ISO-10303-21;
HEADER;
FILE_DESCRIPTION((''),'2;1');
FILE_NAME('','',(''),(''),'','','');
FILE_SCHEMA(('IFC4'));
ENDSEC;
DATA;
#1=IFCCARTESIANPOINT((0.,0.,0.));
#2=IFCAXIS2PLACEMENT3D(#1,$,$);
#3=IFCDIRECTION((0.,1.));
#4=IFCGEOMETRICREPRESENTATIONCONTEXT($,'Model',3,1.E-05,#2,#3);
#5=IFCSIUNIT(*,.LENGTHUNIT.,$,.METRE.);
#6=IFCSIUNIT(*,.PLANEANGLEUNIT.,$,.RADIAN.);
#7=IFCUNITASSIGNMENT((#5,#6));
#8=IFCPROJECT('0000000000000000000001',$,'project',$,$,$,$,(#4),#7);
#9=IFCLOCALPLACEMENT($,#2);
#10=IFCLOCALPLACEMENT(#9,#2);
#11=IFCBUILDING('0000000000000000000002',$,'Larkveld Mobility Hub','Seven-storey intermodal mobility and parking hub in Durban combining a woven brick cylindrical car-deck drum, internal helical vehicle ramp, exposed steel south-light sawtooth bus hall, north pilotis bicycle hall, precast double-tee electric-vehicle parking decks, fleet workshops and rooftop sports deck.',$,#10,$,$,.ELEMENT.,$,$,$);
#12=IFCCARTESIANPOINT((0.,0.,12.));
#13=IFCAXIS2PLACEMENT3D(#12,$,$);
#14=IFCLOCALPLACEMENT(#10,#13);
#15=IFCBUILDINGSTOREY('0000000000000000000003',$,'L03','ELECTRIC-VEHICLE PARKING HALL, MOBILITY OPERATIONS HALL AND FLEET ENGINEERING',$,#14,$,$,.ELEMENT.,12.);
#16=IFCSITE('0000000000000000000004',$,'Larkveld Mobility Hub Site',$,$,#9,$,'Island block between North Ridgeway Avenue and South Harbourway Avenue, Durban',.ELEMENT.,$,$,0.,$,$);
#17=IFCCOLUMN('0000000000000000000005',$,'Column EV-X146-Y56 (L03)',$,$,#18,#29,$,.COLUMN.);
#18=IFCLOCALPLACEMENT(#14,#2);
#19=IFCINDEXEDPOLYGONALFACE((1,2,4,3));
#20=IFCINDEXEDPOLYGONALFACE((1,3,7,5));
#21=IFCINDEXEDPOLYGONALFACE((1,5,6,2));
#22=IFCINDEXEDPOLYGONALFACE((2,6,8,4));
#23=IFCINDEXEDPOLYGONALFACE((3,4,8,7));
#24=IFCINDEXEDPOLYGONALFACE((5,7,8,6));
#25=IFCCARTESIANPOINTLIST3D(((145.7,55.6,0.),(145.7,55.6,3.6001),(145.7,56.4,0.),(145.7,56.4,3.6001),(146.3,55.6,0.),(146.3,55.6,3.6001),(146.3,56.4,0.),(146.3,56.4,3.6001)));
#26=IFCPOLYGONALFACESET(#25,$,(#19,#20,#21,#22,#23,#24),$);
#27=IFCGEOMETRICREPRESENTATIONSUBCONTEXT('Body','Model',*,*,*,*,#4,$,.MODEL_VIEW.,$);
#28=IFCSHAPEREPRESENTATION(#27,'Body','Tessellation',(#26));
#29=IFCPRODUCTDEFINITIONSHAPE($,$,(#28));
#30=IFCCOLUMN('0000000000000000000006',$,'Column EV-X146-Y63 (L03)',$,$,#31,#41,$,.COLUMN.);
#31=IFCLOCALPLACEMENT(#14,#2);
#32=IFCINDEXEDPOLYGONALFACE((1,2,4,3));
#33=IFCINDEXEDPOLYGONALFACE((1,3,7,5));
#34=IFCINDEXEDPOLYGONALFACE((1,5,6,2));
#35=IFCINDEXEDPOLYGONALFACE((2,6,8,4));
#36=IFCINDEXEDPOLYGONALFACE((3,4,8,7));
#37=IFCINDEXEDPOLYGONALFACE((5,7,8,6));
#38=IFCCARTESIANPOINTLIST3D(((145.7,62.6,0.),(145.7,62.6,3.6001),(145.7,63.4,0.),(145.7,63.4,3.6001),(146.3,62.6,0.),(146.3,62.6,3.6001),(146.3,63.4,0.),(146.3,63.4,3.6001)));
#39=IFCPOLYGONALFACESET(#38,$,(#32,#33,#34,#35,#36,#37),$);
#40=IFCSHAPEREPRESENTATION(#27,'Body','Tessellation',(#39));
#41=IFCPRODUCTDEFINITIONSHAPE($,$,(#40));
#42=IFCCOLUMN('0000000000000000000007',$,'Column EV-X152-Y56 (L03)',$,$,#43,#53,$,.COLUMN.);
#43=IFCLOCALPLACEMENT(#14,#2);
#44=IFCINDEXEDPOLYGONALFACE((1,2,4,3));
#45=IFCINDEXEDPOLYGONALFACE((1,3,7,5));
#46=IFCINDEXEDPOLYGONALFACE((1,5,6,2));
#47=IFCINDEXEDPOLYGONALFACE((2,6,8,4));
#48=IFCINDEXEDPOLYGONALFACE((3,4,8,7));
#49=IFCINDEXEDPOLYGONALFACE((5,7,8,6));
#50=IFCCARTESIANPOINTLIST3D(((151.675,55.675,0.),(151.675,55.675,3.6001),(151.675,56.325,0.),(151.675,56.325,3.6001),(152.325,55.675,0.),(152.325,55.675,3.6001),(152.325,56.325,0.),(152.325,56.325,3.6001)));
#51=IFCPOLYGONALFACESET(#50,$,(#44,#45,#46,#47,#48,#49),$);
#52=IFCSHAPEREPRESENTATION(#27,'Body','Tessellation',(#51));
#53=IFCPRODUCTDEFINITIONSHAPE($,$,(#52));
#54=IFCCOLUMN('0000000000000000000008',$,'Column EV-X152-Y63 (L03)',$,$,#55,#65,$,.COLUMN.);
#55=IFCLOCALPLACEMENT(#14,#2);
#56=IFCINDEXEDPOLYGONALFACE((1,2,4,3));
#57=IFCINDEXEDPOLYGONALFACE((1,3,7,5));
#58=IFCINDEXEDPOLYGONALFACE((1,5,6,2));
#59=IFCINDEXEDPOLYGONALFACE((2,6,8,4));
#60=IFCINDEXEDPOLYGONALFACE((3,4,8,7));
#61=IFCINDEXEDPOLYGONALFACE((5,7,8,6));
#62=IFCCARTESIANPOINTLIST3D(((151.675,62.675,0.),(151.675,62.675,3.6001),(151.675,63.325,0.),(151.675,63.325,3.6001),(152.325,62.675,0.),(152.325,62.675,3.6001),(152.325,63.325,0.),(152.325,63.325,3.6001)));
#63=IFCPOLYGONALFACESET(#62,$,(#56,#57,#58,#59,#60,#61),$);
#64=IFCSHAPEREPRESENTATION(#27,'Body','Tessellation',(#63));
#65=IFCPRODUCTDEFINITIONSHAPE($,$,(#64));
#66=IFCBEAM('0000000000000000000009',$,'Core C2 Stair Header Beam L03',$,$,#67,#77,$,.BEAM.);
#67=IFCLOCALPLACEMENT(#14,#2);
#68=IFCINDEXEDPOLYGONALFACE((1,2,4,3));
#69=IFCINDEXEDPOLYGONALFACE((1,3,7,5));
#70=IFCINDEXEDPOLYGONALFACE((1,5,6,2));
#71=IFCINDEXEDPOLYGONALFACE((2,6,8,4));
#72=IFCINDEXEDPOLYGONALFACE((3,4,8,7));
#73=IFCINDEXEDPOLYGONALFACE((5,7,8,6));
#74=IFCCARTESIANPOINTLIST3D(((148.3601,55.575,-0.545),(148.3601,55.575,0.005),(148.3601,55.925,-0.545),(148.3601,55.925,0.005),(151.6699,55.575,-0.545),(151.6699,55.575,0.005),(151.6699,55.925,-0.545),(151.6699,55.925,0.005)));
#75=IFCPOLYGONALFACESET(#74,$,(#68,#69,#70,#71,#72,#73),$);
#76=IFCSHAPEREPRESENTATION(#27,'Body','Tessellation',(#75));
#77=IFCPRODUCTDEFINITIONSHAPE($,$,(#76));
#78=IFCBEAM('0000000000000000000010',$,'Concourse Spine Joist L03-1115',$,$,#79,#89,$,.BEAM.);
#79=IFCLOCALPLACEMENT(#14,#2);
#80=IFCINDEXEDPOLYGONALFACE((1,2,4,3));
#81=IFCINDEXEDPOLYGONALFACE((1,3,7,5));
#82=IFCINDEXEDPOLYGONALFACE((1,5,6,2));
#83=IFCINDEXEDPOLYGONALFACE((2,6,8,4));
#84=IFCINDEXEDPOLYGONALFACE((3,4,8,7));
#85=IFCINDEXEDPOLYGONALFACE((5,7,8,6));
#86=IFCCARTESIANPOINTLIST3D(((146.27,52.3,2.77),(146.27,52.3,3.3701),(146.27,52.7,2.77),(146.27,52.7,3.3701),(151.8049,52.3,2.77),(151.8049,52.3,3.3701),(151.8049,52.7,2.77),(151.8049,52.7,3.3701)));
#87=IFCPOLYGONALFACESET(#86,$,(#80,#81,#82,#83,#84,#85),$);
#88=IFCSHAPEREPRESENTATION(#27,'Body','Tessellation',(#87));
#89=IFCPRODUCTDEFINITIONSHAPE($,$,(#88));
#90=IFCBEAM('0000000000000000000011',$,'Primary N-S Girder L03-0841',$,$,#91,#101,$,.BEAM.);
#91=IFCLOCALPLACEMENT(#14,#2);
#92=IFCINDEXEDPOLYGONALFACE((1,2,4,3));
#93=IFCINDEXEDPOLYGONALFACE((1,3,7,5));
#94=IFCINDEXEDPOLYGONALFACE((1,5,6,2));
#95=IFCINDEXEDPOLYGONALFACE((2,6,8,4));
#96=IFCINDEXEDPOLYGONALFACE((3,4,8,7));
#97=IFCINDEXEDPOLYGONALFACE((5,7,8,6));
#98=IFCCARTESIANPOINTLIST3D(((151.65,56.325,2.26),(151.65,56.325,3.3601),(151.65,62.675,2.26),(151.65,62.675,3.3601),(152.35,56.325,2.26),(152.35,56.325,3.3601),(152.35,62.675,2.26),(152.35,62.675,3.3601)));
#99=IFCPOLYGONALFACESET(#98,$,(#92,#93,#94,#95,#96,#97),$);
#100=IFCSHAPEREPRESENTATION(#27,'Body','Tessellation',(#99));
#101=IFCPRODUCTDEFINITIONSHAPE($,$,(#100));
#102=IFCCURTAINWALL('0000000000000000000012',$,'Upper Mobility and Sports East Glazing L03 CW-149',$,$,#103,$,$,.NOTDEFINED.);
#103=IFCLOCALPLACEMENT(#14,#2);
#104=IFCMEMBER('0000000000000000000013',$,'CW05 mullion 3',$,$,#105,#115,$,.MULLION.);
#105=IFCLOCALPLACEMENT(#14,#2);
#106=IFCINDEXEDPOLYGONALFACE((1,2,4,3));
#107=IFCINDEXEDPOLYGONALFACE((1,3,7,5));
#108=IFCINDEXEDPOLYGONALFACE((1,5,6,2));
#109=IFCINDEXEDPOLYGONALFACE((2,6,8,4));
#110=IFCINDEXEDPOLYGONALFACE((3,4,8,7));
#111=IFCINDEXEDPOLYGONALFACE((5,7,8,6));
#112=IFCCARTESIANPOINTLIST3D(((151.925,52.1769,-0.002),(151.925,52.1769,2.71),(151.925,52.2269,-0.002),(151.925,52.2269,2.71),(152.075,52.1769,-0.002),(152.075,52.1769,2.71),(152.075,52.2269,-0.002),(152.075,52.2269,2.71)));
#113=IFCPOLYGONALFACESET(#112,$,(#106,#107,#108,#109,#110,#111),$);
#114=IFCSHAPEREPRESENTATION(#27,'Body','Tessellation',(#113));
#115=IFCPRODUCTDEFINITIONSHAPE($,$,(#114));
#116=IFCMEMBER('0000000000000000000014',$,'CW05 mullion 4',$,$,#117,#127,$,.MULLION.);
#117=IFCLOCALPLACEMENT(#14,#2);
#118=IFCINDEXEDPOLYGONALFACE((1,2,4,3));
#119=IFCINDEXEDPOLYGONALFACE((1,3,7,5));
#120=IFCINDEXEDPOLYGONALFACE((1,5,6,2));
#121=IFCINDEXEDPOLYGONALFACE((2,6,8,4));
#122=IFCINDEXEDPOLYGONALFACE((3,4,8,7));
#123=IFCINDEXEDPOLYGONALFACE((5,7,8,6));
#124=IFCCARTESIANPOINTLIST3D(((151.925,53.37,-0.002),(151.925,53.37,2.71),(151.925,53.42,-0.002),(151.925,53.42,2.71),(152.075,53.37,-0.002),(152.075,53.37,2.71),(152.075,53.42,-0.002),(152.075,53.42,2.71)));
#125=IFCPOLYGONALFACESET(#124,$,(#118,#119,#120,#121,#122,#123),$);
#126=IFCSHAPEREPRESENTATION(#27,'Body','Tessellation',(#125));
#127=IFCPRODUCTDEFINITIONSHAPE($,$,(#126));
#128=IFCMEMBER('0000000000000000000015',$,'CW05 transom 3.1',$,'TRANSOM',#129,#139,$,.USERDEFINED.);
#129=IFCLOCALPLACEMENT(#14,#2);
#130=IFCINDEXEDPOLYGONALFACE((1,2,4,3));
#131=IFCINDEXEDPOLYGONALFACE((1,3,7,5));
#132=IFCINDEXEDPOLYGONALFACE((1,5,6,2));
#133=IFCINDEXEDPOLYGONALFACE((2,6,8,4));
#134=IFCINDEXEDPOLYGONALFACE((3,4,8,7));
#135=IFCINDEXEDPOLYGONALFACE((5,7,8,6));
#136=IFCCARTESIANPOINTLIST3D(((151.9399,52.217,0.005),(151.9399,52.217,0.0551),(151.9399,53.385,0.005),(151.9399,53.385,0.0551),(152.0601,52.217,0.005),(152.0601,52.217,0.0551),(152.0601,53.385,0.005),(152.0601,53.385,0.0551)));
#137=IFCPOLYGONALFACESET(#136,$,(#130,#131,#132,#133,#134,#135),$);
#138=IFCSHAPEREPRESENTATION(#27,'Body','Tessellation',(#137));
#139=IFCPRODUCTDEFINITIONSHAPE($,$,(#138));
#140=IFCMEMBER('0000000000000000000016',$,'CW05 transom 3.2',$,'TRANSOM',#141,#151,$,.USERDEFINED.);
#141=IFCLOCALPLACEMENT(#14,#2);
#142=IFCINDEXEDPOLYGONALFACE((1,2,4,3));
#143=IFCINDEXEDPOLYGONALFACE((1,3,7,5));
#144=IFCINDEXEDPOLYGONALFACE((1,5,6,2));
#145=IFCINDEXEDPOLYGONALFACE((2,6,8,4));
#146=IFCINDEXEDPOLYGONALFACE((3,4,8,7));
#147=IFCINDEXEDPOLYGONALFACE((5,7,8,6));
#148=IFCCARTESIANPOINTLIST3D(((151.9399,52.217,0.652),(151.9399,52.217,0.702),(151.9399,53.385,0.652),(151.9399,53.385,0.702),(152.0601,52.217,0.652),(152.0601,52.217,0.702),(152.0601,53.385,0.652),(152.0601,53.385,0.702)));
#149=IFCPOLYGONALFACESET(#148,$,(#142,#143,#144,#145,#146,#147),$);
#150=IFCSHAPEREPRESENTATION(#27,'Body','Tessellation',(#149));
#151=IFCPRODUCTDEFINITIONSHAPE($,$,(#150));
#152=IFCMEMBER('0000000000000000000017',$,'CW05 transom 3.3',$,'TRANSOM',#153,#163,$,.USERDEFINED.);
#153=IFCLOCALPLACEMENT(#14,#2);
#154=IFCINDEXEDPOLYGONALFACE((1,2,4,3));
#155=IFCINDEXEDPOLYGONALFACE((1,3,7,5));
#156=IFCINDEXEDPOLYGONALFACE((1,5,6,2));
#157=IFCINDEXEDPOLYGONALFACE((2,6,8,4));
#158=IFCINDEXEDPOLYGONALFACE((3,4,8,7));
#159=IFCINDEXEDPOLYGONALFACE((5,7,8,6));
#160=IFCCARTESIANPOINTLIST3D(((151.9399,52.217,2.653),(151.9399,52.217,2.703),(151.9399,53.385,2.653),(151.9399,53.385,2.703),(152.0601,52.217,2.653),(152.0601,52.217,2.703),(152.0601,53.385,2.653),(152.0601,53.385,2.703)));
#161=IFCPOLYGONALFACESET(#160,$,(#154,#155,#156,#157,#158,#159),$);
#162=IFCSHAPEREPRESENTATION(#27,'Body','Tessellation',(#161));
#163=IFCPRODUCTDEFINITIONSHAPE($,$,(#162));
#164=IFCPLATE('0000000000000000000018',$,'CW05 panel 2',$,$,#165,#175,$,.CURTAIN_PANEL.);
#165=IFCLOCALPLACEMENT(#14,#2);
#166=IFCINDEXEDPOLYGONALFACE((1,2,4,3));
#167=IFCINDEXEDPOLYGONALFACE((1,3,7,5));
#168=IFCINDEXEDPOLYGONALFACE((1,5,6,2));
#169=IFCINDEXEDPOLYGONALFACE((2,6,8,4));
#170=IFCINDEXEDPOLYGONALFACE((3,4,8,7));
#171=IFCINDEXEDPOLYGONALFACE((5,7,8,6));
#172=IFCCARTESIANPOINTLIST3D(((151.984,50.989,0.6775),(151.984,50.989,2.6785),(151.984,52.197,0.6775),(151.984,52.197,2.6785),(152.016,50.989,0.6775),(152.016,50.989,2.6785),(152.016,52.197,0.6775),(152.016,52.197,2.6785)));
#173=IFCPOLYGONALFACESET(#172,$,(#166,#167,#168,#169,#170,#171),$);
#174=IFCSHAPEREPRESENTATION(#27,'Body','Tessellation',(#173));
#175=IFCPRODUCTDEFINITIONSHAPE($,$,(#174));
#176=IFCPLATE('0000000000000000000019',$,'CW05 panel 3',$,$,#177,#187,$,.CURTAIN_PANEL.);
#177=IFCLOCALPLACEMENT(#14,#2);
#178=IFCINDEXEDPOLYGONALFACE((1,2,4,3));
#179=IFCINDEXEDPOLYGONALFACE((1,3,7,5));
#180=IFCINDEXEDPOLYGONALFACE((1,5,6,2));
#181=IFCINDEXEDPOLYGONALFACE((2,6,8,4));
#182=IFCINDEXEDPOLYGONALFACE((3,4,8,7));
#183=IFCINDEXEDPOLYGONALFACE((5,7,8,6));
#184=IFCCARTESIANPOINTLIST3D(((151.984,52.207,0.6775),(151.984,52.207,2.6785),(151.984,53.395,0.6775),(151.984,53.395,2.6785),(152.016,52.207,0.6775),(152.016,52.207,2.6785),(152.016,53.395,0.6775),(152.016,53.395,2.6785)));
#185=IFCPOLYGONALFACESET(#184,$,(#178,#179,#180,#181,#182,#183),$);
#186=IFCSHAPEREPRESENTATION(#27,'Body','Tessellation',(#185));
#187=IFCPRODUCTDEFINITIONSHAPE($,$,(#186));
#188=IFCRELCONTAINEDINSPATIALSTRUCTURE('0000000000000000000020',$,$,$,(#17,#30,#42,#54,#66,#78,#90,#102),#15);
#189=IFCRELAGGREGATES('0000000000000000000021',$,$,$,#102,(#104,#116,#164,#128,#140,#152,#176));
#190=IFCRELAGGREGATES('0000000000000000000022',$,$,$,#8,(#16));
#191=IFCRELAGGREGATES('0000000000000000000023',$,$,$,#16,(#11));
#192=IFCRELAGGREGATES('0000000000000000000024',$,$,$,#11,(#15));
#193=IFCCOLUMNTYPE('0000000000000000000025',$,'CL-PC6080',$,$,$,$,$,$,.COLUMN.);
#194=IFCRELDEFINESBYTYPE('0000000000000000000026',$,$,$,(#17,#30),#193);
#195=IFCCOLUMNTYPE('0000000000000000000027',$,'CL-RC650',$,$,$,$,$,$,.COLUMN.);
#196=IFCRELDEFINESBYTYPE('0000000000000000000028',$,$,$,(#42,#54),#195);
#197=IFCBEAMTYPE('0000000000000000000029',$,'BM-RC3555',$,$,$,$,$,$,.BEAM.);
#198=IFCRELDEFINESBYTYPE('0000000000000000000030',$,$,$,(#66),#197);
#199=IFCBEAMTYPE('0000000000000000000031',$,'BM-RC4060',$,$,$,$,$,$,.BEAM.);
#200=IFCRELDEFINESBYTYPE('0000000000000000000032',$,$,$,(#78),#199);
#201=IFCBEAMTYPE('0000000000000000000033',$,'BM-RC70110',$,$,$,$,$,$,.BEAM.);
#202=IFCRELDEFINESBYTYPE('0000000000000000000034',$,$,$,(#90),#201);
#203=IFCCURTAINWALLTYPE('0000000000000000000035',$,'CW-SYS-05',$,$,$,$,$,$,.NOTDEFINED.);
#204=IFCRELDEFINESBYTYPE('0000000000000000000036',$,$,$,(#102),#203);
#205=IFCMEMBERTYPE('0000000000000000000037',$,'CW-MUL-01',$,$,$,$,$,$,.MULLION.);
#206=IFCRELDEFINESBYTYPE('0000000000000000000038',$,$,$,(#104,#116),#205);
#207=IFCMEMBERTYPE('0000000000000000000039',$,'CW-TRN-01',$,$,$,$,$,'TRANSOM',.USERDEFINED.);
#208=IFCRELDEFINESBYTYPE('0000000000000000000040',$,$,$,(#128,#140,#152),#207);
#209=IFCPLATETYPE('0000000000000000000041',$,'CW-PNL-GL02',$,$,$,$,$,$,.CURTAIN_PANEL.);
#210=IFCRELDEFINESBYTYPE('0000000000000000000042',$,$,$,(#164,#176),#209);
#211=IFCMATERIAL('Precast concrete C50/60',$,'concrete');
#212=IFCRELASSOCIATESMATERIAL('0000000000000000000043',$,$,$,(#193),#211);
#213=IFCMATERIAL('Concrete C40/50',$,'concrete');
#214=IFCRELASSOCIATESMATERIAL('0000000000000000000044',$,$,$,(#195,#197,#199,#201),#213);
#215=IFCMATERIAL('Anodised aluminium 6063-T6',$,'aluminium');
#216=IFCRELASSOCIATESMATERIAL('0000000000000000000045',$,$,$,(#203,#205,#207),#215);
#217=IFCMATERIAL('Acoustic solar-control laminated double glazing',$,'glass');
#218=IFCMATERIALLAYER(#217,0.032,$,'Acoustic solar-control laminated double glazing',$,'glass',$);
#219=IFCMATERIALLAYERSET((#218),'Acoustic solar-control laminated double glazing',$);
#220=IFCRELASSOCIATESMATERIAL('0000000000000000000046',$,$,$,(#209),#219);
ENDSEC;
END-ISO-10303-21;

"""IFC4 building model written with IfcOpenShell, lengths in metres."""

from ifc_helpers import new_model, si_unit, direction, frame, origin, origin_2d, place, context, subcontext, project, spatial, rectangle, extrude, material, layer, layer_set, material_profile, profile_set, type_object, element, aggregate, save


model = new_model("IFC4")

# Units and contexts
model_context = context("Model", 3, precision=1e-05, world=origin(), true_north=direction((0.0, 1.0)))
body_context = subcontext(model_context, "Body", "Model", "MODEL_VIEW")
ifc_project = project(units=[si_unit("LENGTHUNIT", "METRE"), si_unit("PLANEANGLEUNIT", "RADIAN")], contexts=[model_context])

# Site, building, storey
site_placement = place(None, origin())
site = spatial("IfcSite", under=ifc_project, at=site_placement, Name="Larkveld Mobility Hub Site", LongName="Island block between North Ridgeway Avenue and South Harbourway Avenue, Durban", CompositionType="ELEMENT", RefElevation=0.0)
building_placement = place(site_placement, origin())
building = spatial("IfcBuilding", under=site, at=building_placement, Name="Larkveld Mobility Hub", Description="Seven-storey intermodal mobility and parking hub in Durban combining a woven brick cylindrical car-deck drum, internal helical vehicle ramp, exposed steel south-light sawtooth bus hall, north pilotis bicycle hall, precast double-tee electric-vehicle parking decks, fleet workshops and rooftop sports deck.", CompositionType="ELEMENT")
storey_placement = place(building_placement, frame((0.0, 0.0, 12.0)))
storey = spatial("IfcBuildingStorey", under=building, at=storey_placement, Name="L03", Description="ELECTRIC-VEHICLE PARKING HALL, MOBILITY OPERATIONS HALL AND FLEET ENGINEERING", CompositionType="ELEMENT", Elevation=12.0)

# Columns
ifc_material_1 = material(Name="Precast concrete C50/60", Category="concrete")
ifc_material_profile_1 = material_profile(ifc_material_1, rectangle(XDim=0.6001, YDim=0.8, at=origin_2d()), Name="RC COL 600x800")
ifc_profile_set_1 = profile_set([ifc_material_profile_1], Name="Precast concrete C50/60")
column_type_1 = type_object("IfcColumnType", Name="CL-PC6080", PredefinedType="COLUMN", material=ifc_profile_set_1)
for number, where, z_axis, x_axis, name in (
    (1, (146.0, 56.0, 0.0), (0.0, 0.0, 1.0), (1.0, 0.0, 0.0), "Column EV-X146-Y56 (L03)"),
    (2, (146.0, 63.0, 0.0), (0.0, 0.0, 1.0), (1.0, 0.0, 0.0), "Column EV-X146-Y63 (L03)"),
):
    element("IfcColumn", number, at=place(storey_placement, frame(where, z_axis=z_axis, x_axis=x_axis)), inside=storey, type_object=column_type_1, Name=name, PredefinedType="COLUMN", context=body_context, shape_type="SweptSolid", body=[
        extrude(rectangle(XDim=0.6001, YDim=0.8, at=origin_2d()), origin(), (0.0, 0.0, 1.0), 3.6001),
    ])
ifc_material_2 = material(Name="Concrete C40/50", Category="concrete")
ifc_material_profile_2 = material_profile(ifc_material_2, rectangle(XDim=0.6499, YDim=0.6499, at=origin_2d()), Name="RC COL 650x650")
ifc_profile_set_2 = profile_set([ifc_material_profile_2], Name="Concrete C40/50")
column_type_2 = type_object("IfcColumnType", Name="CL-RC650", PredefinedType="COLUMN", material=ifc_profile_set_2)
for number, where, z_axis, x_axis, name in (
    (3, (152.0, 56.0, 0.0), (0.0, 0.0, 1.0), (1.0, 0.0, 0.0), "Column EV-X152-Y56 (L03)"),
    (4, (152.0, 63.0, 0.0), (0.0, 0.0, 1.0), (1.0, 0.0, 0.0), "Column EV-X152-Y63 (L03)"),
):
    element("IfcColumn", number, at=place(storey_placement, frame(where, z_axis=z_axis, x_axis=x_axis)), inside=storey, type_object=column_type_2, Name=name, PredefinedType="COLUMN", context=body_context, shape_type="SweptSolid", body=[
        extrude(rectangle(XDim=0.6499, YDim=0.6499, at=origin_2d()), origin(), (0.0, 0.0, 1.0), 3.6001),
    ])

# Beams
ifc_material_profile_3 = material_profile(ifc_material_2, rectangle(XDim=0.3501, YDim=0.55, at=origin_2d()), Name="RC BM 350x550")
ifc_profile_set_3 = profile_set([ifc_material_profile_3], Name="Concrete C40/50")
beam_type_1 = type_object("IfcBeamType", Name="BM-RC3555", PredefinedType="BEAM", material=ifc_profile_set_3)
beam_1_placement = place(storey_placement, frame((148.3601, 55.75, -0.27), z_axis=(1.0, 0.0, 0.0), x_axis=(0.0, 1.0, 0.0)))
element("IfcBeam", 5, at=beam_1_placement, inside=storey, type_object=beam_type_1, Name="Core C2 Stair Header Beam L03", PredefinedType="BEAM", context=body_context, shape_type="SweptSolid", body=[
    extrude(rectangle(XDim=0.3501, YDim=0.55, at=origin_2d()), origin(), (0.0, 0.0, 1.0), 3.3098),
])
ifc_material_profile_4 = material_profile(ifc_material_2, rectangle(XDim=0.3999, YDim=0.6001, at=origin_2d()), Name="RC BM 400x600")
ifc_profile_set_4 = profile_set([ifc_material_profile_4], Name="Concrete C40/50")
beam_type_2 = type_object("IfcBeamType", Name="BM-RC4060", PredefinedType="BEAM", material=ifc_profile_set_4)
beam_2_placement = place(storey_placement, frame((146.27, 52.5, 3.0701), z_axis=(1.0, 0.0, 0.0), x_axis=(0.0, 1.0, 0.0)))
element("IfcBeam", 6, at=beam_2_placement, inside=storey, type_object=beam_type_2, Name="Concourse Spine Joist L03-1115", PredefinedType="BEAM", context=body_context, shape_type="SweptSolid", body=[
    extrude(rectangle(XDim=0.3999, YDim=0.6001, at=origin_2d()), origin(), (0.0, 0.0, 1.0), 5.5349),
])
ifc_material_profile_5 = material_profile(ifc_material_2, rectangle(XDim=0.7, YDim=1.1001, at=origin_2d()), Name="RC BM 700x1100")
ifc_profile_set_5 = profile_set([ifc_material_profile_5], Name="Concrete C40/50")
beam_type_3 = type_object("IfcBeamType", Name="BM-RC70110", PredefinedType="BEAM", material=ifc_profile_set_5)
beam_3_placement = place(storey_placement, frame((152.0, 56.325, 2.8101), z_axis=(0.0, 1.0, 0.0), x_axis=(-1.0, 0.0, 0.0)))
element("IfcBeam", 7, at=beam_3_placement, inside=storey, type_object=beam_type_3, Name="Primary N-S Girder L03-0841", PredefinedType="BEAM", context=body_context, shape_type="SweptSolid", body=[
    extrude(rectangle(XDim=0.7, YDim=1.1001, at=origin_2d()), origin(), (0.0, 0.0, 1.0), 6.3501),
])

# Curtain wall, members, plates
ifc_material_3 = material(Name="Anodised aluminium 6063-T6", Category="aluminium")
curtain_wall_type = type_object("IfcCurtainWallType", Name="CW-SYS-05", PredefinedType="NOTDEFINED", material=ifc_material_3)
curtain_wall_placement = place(storey_placement, origin())
curtain_wall = element("IfcCurtainWall", 8, at=curtain_wall_placement, inside=storey, type_object=curtain_wall_type, Name="Upper Mobility and Sports East Glazing L03 CW-149", PredefinedType="NOTDEFINED")
ifc_material_profile_6 = material_profile(ifc_material_3, rectangle(XDim=0.05, YDim=0.1499, at=origin_2d()), Name="ALU MULL 50x150")
ifc_profile_set_6 = profile_set([ifc_material_profile_6], Name="Anodised aluminium 6063-T6")
member_type_1 = type_object("IfcMemberType", Name="CW-MUL-01", PredefinedType="MULLION", material=ifc_profile_set_6)
member_1_placement = place(storey_placement, frame((152.0, 52.2019, -0.002), z_axis=(0.0, 0.0, 1.0), x_axis=(0.0, 1.0, 0.0)))
member_1 = element("IfcMember", 9, at=member_1_placement, type_object=member_type_1, Name="CW05 mullion 3", PredefinedType="MULLION", context=body_context, shape_type="SweptSolid", body=[
    extrude(rectangle(XDim=0.05, YDim=0.1499, at=origin_2d()), origin(), (0.0, 0.0, 1.0), 2.7119),
])
member_2_placement = place(storey_placement, frame((152.0, 53.395, -0.002), z_axis=(0.0, 0.0, 1.0), x_axis=(0.0, 1.0, 0.0)))
member_2 = element("IfcMember", 10, at=member_2_placement, type_object=member_type_1, Name="CW05 mullion 4", PredefinedType="MULLION", context=body_context, shape_type="SweptSolid", body=[
    extrude(rectangle(XDim=0.05, YDim=0.1499, at=origin_2d()), origin(), (0.0, 0.0, 1.0), 2.7119),
])
ifc_material_profile_7 = material_profile(ifc_material_3, rectangle(XDim=0.1201, YDim=0.05, at=origin_2d()), Name="ALU TRAN 50x120")
ifc_profile_set_7 = profile_set([ifc_material_profile_7], Name="Anodised aluminium 6063-T6")
member_type_2 = type_object("IfcMemberType", Name="CW-TRN-01", ElementType="TRANSOM", PredefinedType="USERDEFINED", material=ifc_profile_set_7)
member_3_placement = place(storey_placement, frame((152.0, 52.217, 0.03), z_axis=(0.0, 1.0, 0.0), x_axis=(-1.0, 0.0, 0.0)))
member_3 = element("IfcMember", 11, at=member_3_placement, type_object=member_type_2, Name="CW05 transom 3.1", ObjectType="TRANSOM", PredefinedType="USERDEFINED", context=body_context, shape_type="SweptSolid", body=[
    extrude(rectangle(XDim=0.1201, YDim=0.05, at=origin_2d()), origin(), (0.0, 0.0, 1.0), 1.168),
])
member_4_placement = place(storey_placement, frame((152.0, 52.217, 0.677), z_axis=(0.0, 1.0, 0.0), x_axis=(-1.0, 0.0, 0.0)))
member_4 = element("IfcMember", 12, at=member_4_placement, type_object=member_type_2, Name="CW05 transom 3.2", ObjectType="TRANSOM", PredefinedType="USERDEFINED", context=body_context, shape_type="SweptSolid", body=[
    extrude(rectangle(XDim=0.1201, YDim=0.05, at=origin_2d()), origin(), (0.0, 0.0, 1.0), 1.168),
])
member_5_placement = place(storey_placement, frame((152.0, 52.217, 2.678), z_axis=(0.0, 1.0, 0.0), x_axis=(-1.0, 0.0, 0.0)))
member_5 = element("IfcMember", 13, at=member_5_placement, type_object=member_type_2, Name="CW05 transom 3.3", ObjectType="TRANSOM", PredefinedType="USERDEFINED", context=body_context, shape_type="SweptSolid", body=[
    extrude(rectangle(XDim=0.1201, YDim=0.05, at=origin_2d()), origin(), (0.0, 0.0, 1.0), 1.168),
])
ifc_material_4 = material(Name="Acoustic solar-control laminated double glazing", Category="glass")
ifc_layer_1 = layer(ifc_material_4, 0.032, Name="Acoustic solar-control laminated double glazing", Category="glass")
ifc_layer_set_1 = layer_set([ifc_layer_1], Name="Acoustic solar-control laminated double glazing")
plate_type_1 = type_object("IfcPlateType", Name="CW-PNL-GL02", PredefinedType="CURTAIN_PANEL", material=ifc_layer_set_1)
plate_1_placement = place(storey_placement, frame((152.0, 51.593, 0.6775), z_axis=(0.0, 0.0, 1.0), x_axis=(0.0, 1.0, 0.0)))
plate_1 = element("IfcPlate", 14, at=plate_1_placement, type_object=plate_type_1, Name="CW05 panel 2", PredefinedType="CURTAIN_PANEL", context=body_context, shape_type="SweptSolid", body=[
    extrude(rectangle(XDim=1.208, YDim=0.032, at=origin_2d()), origin(), (0.0, 0.0, 1.0), 2.001),
])
plate_2_placement = place(storey_placement, frame((152.0, 52.801, 0.6775), z_axis=(0.0, 0.0, 1.0), x_axis=(0.0, 1.0, 0.0)))
plate_2 = element("IfcPlate", 15, at=plate_2_placement, type_object=plate_type_1, Name="CW05 panel 3", PredefinedType="CURTAIN_PANEL", context=body_context, shape_type="SweptSolid", body=[
    extrude(rectangle(XDim=1.188, YDim=0.032, at=origin_2d()), origin(), (0.0, 0.0, 1.0), 2.001),
])
aggregate(curtain_wall, [member_1, member_2, plate_1, member_3, member_4, member_5, plate_2])

save(model, "model.ifc")
